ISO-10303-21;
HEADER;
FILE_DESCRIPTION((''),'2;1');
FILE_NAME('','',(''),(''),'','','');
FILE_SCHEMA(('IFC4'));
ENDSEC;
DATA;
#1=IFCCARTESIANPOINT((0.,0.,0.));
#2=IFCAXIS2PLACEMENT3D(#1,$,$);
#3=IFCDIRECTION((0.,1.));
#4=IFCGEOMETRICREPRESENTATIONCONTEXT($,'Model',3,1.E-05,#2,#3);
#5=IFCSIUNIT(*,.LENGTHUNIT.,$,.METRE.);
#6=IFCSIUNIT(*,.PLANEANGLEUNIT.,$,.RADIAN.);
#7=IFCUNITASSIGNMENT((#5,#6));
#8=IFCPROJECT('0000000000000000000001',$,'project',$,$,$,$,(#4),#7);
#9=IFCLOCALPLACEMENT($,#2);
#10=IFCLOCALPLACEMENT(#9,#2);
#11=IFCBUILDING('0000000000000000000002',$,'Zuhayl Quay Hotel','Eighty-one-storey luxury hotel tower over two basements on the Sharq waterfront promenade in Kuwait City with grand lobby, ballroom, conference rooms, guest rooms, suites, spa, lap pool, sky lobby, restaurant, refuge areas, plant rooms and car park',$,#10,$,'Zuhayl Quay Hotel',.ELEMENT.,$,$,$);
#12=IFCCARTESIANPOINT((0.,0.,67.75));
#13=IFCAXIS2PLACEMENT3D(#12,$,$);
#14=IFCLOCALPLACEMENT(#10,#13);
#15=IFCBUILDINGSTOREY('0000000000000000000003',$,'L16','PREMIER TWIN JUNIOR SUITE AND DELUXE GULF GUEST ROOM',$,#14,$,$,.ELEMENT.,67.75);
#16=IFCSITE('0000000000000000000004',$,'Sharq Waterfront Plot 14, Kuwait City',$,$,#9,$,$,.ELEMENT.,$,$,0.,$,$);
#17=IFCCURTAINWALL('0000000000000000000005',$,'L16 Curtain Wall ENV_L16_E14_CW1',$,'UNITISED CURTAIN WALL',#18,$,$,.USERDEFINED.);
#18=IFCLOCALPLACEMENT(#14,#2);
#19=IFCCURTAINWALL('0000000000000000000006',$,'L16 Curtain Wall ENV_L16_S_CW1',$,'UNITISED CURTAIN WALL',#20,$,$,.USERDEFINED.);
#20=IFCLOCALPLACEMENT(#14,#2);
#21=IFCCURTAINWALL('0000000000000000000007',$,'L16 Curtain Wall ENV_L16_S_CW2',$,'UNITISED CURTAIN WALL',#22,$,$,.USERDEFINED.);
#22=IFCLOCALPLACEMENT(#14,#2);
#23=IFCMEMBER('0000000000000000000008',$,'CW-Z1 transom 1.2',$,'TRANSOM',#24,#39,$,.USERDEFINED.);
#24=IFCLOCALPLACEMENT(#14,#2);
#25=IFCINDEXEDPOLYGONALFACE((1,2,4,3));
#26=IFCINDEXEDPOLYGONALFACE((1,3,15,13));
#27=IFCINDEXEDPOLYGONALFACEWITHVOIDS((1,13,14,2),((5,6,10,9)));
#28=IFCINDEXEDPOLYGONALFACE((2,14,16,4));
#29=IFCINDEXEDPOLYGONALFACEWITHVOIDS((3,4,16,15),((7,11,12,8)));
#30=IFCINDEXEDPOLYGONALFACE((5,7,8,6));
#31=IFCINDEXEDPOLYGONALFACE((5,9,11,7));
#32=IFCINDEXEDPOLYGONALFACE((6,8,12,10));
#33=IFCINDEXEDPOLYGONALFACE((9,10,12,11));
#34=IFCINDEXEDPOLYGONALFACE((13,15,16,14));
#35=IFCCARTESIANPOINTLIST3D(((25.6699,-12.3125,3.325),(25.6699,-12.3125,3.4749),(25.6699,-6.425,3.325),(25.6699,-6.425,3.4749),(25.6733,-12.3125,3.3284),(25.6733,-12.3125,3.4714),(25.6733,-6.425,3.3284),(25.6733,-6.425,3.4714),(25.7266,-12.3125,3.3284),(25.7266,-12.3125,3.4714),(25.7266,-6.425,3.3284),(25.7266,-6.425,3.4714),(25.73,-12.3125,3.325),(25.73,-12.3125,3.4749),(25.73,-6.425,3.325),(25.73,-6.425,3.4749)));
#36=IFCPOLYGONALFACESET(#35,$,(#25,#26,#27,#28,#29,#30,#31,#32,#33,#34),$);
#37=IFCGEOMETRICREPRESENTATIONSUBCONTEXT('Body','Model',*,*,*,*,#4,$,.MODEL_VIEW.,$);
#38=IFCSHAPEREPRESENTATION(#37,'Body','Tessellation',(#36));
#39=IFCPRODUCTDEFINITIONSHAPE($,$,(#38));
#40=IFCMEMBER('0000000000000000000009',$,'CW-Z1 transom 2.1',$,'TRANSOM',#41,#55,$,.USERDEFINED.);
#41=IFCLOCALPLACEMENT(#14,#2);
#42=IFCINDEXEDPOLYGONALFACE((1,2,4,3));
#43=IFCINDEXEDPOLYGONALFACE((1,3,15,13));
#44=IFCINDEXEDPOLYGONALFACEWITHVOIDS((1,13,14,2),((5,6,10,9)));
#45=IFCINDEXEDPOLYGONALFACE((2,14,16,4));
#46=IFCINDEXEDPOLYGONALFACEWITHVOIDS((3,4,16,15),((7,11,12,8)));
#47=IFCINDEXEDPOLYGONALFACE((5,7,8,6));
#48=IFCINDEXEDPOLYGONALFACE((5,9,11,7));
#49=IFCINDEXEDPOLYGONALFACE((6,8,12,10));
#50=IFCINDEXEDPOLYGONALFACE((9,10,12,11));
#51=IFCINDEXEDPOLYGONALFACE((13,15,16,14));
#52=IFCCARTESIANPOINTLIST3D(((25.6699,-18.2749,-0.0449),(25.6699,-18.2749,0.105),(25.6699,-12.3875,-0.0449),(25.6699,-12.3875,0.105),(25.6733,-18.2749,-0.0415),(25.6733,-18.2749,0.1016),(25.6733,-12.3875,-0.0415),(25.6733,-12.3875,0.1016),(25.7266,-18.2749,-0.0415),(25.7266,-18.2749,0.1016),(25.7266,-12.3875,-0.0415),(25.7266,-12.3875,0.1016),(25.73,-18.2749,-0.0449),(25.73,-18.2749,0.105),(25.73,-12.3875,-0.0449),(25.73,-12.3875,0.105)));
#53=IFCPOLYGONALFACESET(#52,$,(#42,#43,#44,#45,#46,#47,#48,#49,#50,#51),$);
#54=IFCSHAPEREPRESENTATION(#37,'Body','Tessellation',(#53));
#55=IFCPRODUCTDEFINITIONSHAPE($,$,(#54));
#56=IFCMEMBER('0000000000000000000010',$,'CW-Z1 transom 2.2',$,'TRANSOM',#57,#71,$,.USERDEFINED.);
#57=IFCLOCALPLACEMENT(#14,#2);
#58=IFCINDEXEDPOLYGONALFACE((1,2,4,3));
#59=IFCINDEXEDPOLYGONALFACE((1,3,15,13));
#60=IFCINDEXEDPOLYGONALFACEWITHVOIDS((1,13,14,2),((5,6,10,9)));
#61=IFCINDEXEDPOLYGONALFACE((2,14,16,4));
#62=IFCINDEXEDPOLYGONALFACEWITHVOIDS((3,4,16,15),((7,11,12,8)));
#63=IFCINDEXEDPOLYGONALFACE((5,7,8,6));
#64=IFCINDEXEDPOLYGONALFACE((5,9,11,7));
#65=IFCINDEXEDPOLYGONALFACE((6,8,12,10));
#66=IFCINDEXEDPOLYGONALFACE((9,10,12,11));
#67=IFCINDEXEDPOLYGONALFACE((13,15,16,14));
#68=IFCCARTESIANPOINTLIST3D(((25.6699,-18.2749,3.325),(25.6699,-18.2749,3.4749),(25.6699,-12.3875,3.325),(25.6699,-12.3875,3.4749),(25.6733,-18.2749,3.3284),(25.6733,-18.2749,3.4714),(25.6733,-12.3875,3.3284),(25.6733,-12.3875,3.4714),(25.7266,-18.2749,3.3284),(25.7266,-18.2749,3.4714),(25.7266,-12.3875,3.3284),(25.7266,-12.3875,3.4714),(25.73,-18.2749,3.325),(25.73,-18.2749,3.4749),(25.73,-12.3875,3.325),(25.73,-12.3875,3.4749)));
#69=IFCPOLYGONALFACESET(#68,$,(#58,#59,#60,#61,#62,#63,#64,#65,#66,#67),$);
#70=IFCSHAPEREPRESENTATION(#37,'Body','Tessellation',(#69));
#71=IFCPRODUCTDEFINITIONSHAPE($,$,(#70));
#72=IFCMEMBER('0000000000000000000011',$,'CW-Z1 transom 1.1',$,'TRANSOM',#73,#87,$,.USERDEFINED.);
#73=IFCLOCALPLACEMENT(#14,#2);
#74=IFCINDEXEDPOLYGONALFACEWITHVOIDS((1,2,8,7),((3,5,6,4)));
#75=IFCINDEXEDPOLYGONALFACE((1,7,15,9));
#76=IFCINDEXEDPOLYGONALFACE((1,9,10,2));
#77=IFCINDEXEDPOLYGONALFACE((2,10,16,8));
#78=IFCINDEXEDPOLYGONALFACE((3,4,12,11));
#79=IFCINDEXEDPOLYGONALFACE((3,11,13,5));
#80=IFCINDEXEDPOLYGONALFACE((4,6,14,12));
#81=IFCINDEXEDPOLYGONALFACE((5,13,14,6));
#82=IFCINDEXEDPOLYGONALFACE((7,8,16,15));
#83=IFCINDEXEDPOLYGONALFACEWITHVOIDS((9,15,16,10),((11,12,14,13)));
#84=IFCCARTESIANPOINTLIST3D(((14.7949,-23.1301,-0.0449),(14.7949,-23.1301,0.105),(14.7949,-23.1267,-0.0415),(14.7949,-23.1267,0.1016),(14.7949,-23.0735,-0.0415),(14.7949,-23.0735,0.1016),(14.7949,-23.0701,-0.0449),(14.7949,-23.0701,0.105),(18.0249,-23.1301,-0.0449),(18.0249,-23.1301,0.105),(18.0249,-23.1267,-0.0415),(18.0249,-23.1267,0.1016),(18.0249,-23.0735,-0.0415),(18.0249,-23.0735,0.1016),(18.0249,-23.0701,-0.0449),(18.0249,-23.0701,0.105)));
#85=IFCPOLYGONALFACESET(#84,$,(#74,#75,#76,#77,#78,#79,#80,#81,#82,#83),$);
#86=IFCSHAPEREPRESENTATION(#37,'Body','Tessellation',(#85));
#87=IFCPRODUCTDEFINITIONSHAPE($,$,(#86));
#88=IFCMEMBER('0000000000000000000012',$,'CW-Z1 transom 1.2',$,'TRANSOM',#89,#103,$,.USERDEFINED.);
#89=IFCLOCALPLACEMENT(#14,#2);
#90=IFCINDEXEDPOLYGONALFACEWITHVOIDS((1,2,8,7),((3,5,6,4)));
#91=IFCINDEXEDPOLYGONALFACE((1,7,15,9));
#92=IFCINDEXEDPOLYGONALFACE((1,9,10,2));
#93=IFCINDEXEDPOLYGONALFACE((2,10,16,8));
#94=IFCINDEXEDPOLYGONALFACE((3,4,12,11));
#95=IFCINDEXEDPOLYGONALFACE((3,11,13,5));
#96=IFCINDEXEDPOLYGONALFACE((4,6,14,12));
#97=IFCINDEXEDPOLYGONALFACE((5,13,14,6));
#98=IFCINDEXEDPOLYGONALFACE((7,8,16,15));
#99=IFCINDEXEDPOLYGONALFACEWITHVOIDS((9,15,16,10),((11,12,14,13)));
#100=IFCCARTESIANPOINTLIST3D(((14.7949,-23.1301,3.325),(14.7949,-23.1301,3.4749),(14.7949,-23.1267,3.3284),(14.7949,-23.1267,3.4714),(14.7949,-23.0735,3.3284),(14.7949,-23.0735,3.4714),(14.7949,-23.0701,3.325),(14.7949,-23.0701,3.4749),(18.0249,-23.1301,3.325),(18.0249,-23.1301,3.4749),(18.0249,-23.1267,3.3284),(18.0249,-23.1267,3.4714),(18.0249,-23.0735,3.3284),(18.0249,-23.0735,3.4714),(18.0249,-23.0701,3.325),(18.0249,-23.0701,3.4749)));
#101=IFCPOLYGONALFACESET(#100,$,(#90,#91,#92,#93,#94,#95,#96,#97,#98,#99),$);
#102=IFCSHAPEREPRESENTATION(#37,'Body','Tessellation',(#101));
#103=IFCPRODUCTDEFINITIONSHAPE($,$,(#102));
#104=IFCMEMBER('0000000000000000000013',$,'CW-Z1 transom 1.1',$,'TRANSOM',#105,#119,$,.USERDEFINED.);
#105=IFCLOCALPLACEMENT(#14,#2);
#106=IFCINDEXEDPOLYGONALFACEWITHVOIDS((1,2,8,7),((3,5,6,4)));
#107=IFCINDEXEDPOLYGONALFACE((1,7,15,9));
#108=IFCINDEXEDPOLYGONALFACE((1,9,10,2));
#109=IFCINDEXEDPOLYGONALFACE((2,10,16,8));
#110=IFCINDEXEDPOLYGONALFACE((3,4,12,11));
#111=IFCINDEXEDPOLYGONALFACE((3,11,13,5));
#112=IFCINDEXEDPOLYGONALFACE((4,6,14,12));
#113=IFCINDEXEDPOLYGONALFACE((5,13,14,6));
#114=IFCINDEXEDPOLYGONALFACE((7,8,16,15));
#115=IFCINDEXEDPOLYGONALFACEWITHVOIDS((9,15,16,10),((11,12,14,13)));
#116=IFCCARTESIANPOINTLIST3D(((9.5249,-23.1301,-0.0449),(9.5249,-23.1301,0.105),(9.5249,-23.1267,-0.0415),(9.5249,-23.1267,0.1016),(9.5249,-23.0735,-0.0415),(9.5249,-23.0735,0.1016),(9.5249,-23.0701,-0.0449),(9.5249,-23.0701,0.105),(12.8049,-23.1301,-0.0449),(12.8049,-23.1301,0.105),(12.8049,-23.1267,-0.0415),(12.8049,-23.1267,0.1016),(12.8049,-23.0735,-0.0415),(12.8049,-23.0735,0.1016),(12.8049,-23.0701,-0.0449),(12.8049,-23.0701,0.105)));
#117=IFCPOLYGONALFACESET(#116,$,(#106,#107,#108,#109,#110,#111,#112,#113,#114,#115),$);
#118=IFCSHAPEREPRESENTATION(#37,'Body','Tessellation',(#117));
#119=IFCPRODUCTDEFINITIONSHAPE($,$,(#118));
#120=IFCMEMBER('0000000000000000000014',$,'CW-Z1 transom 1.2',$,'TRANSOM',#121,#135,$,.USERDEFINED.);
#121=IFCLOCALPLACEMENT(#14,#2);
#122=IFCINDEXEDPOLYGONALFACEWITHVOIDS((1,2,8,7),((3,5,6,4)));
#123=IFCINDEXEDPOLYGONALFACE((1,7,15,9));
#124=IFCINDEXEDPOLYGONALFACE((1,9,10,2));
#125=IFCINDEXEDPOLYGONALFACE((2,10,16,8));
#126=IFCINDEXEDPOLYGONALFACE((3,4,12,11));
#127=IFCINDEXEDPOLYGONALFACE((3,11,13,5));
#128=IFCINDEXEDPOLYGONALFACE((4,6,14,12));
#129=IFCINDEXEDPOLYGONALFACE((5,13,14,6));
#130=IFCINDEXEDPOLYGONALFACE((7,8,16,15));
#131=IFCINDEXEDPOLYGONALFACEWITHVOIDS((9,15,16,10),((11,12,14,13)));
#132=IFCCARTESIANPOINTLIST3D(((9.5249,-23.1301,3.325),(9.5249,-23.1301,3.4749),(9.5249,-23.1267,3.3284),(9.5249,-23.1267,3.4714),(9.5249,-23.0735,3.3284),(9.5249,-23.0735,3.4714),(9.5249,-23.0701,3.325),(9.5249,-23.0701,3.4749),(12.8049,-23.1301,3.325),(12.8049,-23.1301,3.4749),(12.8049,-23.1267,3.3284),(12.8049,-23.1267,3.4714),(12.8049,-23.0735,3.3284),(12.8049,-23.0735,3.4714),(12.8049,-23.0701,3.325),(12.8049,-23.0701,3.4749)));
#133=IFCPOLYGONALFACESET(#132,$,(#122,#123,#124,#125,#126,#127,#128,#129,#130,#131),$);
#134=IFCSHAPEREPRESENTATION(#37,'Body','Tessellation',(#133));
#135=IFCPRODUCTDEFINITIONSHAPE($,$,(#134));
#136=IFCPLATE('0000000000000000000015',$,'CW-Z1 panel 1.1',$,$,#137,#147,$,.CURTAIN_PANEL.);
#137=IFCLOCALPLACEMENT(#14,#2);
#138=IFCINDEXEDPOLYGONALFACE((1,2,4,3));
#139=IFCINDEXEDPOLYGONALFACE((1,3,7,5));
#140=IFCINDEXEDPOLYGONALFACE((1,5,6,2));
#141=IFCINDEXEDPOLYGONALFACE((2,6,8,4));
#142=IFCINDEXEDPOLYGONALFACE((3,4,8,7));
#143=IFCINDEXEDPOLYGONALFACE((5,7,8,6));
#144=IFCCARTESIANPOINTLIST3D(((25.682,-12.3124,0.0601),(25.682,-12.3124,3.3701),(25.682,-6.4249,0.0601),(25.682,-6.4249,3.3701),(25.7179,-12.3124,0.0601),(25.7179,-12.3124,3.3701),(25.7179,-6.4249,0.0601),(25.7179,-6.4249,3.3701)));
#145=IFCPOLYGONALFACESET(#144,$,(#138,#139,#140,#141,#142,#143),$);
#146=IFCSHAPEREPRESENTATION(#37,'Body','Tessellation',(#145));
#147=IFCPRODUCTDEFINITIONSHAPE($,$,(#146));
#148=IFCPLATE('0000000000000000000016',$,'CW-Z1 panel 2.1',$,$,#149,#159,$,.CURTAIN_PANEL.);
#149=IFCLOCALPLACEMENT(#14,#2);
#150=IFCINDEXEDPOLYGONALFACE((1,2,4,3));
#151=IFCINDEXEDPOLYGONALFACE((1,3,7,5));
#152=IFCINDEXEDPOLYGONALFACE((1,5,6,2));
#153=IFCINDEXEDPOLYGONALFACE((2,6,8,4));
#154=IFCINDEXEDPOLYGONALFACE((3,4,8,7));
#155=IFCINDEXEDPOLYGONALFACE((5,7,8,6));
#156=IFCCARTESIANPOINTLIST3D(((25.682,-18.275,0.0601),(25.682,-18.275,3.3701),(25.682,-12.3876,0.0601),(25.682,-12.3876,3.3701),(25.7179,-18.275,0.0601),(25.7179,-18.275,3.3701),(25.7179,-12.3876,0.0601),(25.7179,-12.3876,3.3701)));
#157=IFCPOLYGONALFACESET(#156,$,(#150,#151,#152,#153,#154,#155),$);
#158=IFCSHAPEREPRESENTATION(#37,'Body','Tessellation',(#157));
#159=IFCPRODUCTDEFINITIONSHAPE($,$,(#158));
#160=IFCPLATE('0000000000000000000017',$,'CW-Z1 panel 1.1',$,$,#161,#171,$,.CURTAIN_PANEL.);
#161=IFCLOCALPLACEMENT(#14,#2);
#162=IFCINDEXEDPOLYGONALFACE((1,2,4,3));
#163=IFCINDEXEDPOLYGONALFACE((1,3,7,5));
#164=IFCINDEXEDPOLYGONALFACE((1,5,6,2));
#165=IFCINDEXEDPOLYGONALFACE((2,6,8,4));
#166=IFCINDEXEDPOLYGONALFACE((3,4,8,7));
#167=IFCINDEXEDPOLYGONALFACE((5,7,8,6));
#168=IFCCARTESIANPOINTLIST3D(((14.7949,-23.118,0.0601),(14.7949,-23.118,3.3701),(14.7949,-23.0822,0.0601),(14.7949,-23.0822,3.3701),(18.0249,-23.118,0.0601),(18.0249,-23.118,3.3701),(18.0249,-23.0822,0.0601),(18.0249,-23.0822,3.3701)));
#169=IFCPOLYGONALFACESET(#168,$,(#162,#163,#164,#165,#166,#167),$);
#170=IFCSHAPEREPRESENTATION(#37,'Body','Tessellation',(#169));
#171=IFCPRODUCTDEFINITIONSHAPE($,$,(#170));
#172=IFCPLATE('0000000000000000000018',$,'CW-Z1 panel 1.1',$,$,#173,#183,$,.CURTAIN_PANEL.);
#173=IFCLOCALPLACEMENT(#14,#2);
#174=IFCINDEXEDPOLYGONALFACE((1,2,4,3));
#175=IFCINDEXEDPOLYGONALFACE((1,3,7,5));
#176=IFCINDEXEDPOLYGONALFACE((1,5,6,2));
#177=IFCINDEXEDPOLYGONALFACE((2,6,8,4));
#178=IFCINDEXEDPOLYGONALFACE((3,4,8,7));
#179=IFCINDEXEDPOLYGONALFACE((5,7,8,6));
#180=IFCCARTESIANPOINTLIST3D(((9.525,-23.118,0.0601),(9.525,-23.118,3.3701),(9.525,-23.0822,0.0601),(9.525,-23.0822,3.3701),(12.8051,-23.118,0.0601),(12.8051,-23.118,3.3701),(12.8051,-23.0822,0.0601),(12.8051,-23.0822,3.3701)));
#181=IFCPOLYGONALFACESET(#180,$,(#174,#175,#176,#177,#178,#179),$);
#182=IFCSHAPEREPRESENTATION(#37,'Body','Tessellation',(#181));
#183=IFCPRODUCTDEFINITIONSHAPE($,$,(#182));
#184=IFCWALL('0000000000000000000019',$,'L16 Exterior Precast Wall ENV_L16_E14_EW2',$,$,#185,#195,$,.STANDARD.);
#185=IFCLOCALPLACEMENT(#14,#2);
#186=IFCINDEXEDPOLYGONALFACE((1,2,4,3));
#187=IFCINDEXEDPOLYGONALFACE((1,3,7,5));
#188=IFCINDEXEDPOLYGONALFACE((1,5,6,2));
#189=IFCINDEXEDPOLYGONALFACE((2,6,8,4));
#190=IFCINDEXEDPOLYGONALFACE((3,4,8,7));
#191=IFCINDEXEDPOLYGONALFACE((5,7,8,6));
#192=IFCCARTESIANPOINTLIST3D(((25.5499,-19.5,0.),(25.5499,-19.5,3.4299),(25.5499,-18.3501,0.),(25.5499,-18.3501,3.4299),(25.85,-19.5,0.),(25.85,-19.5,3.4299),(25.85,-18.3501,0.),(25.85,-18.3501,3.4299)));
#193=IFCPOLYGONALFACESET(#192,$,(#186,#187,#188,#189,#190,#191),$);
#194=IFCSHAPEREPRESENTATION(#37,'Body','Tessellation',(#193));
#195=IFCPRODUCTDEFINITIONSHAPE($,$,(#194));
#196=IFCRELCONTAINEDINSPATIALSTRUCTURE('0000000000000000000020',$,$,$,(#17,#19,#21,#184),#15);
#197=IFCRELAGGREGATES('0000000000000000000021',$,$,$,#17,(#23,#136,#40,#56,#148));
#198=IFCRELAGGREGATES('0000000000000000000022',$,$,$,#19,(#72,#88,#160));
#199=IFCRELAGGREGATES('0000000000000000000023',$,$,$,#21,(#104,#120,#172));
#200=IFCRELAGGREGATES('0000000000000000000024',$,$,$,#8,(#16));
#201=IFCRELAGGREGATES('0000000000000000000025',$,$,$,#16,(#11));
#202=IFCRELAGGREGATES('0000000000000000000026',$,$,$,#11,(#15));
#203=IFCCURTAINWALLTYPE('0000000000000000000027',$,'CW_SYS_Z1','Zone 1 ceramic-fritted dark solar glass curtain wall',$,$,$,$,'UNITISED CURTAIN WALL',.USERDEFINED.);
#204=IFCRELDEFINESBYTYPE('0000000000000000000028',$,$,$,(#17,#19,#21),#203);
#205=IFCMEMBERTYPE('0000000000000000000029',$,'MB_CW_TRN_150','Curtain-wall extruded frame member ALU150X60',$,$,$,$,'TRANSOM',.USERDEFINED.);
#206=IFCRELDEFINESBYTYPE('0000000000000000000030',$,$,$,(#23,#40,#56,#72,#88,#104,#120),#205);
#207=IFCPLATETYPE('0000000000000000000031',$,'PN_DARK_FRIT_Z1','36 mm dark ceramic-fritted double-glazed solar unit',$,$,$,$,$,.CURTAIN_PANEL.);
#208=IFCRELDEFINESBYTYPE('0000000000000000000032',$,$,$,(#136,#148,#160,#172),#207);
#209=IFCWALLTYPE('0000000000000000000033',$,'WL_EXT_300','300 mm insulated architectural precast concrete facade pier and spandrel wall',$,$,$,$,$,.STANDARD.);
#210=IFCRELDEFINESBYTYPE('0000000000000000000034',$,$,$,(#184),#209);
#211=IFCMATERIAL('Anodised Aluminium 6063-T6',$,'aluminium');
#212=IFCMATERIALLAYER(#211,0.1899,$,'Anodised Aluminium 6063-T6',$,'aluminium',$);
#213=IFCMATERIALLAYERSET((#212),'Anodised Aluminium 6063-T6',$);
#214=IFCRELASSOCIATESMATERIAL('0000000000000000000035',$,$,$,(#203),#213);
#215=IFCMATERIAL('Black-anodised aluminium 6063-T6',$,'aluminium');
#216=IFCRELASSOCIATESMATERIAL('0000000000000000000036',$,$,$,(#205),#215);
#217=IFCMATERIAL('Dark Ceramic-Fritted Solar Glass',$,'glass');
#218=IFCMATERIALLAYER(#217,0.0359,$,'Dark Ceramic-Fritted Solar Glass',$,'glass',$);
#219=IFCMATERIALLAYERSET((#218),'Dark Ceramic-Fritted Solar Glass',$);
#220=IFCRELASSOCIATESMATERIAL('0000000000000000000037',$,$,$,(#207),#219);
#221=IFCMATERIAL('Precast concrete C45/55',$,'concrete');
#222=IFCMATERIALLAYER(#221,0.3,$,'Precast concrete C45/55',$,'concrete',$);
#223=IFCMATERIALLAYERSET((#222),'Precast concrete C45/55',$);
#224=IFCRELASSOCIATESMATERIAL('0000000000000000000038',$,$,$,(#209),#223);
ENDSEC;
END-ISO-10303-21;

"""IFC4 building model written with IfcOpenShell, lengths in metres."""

from ifc_helpers import new_model, si_unit, direction, frame, frame_2d, origin, origin_2d, place, context, subcontext, project, spatial, rectangle, hollow_rectangle, extrude, material, layer, layer_set, material_profile, profile_set, type_object, element, aggregate, save


model = new_model("IFC4")

# Units and contexts
model_context = context("Model", 3, precision=1e-05, world=origin(), true_north=direction((0.0, 1.0)))
body_context = subcontext(model_context, "Body", "Model", "MODEL_VIEW")
ifc_project = project(units=[si_unit("LENGTHUNIT", "METRE"), si_unit("PLANEANGLEUNIT", "RADIAN")], contexts=[model_context])

# Site, building, storey
site_placement = place(None, origin())
site = spatial("IfcSite", under=ifc_project, at=site_placement, Name="Sharq Waterfront Plot 14, Kuwait City", CompositionType="ELEMENT", RefElevation=0.0)
building_placement = place(site_placement, origin())
building = spatial("IfcBuilding", under=site, at=building_placement, Name="Zuhayl Quay Hotel", Description="Eighty-one-storey luxury hotel tower over two basements on the Sharq waterfront promenade in Kuwait City with grand lobby, ballroom, conference rooms, guest rooms, suites, spa, lap pool, sky lobby, restaurant, refuge areas, plant rooms and car park", LongName="Zuhayl Quay Hotel", CompositionType="ELEMENT")
storey_placement = place(building_placement, frame((0.0, 0.0, 67.75)))
storey = spatial("IfcBuildingStorey", under=building, at=storey_placement, Name="L16", Description="PREMIER TWIN JUNIOR SUITE AND DELUXE GULF GUEST ROOM", CompositionType="ELEMENT", Elevation=67.75)

# Curtain walls
ifc_material_1 = material(Name="Anodised Aluminium 6063-T6", Category="aluminium")
ifc_layer_1 = layer(ifc_material_1, 0.1899, Name="Anodised Aluminium 6063-T6", Category="aluminium")
ifc_layer_set_1 = layer_set([ifc_layer_1], Name="Anodised Aluminium 6063-T6")
curtain_wall_type = type_object("IfcCurtainWallType", Name="CW_SYS_Z1", Description="Zone 1 ceramic-fritted dark solar glass curtain wall", ElementType="UNITISED CURTAIN WALL", PredefinedType="USERDEFINED", material=ifc_layer_set_1)
curtain_wall_1_placement = place(storey_placement, origin())
curtain_wall_1 = element("IfcCurtainWall", 1, at=curtain_wall_1_placement, inside=storey, type_object=curtain_wall_type, Name="L16 Curtain Wall ENV_L16_E14_CW1", ObjectType="UNITISED CURTAIN WALL", PredefinedType="USERDEFINED")
ifc_material_2 = material(Name="Black-anodised aluminium 6063-T6", Category="aluminium")
curtain_wall_2_placement = place(storey_placement, origin())
curtain_wall_2 = element("IfcCurtainWall", 2, at=curtain_wall_2_placement, inside=storey, type_object=curtain_wall_type, Name="L16 Curtain Wall ENV_L16_S_CW1", ObjectType="UNITISED CURTAIN WALL", PredefinedType="USERDEFINED")
curtain_wall_3_placement = place(storey_placement, origin())
curtain_wall_3 = element("IfcCurtainWall", 3, at=curtain_wall_3_placement, inside=storey, type_object=curtain_wall_type, Name="L16 Curtain Wall ENV_L16_S_CW2", ObjectType="UNITISED CURTAIN WALL", PredefinedType="USERDEFINED")

# Members
ifc_material_profile_1 = material_profile(ifc_material_2, hollow_rectangle(XDim=0.0601, YDim=0.1499, WallThickness=0.0034, at=origin_2d()), Name="ALU150X60")
ifc_profile_set_1 = profile_set([ifc_material_profile_1], Name="Black-anodised aluminium 6063-T6")
member_type_1 = type_object("IfcMemberType", Name="MB_CW_TRN_150", Description="Curtain-wall extruded frame member ALU150X60", ElementType="TRANSOM", PredefinedType="USERDEFINED", material=ifc_profile_set_1)
member_1_placement = place(storey_placement, frame((25.7, -6.425, 3.3999), z_axis=(0.0, -1.0, 0.0), x_axis=(1.0, 0.0, 0.0)))
member_1 = element("IfcMember", 4, at=member_1_placement, type_object=member_type_1, Name="CW-Z1 transom 1.2", ObjectType="TRANSOM", PredefinedType="USERDEFINED", context=body_context, shape_type="SweptSolid", body=[
    extrude(hollow_rectangle(XDim=0.0601, YDim=0.1499, WallThickness=0.0034, at=origin_2d()), origin(), (0.0, 0.0, 1.0), 5.8875),
])
member_2_placement = place(storey_placement, frame((25.7, -12.3875, 0.03), z_axis=(0.0, -1.0, 0.0), x_axis=(1.0, 0.0, 0.0)))
member_2 = element("IfcMember", 5, at=member_2_placement, type_object=member_type_1, Name="CW-Z1 transom 2.1", ObjectType="TRANSOM", PredefinedType="USERDEFINED", context=body_context, shape_type="SweptSolid", body=[
    extrude(hollow_rectangle(XDim=0.0601, YDim=0.1499, WallThickness=0.0034, at=origin_2d()), origin(), (0.0, 0.0, 1.0), 5.8875),
])
member_3_placement = place(storey_placement, frame((25.7, -12.3875, 3.3999), z_axis=(0.0, -1.0, 0.0), x_axis=(1.0, 0.0, 0.0)))
member_3 = element("IfcMember", 6, at=member_3_placement, type_object=member_type_1, Name="CW-Z1 transom 2.2", ObjectType="TRANSOM", PredefinedType="USERDEFINED", context=body_context, shape_type="SweptSolid", body=[
    extrude(hollow_rectangle(XDim=0.0601, YDim=0.1499, WallThickness=0.0034, at=origin_2d()), origin(), (0.0, 0.0, 1.0), 5.8875),
])
member_4_placement = place(storey_placement, frame((18.0249, -23.1001, 0.03), z_axis=(-1.0, 0.0, 0.0), x_axis=(0.0, -1.0, 0.0)))
member_4 = element("IfcMember", 7, at=member_4_placement, type_object=member_type_1, Name="CW-Z1 transom 1.1", ObjectType="TRANSOM", PredefinedType="USERDEFINED", context=body_context, shape_type="SweptSolid", body=[
    extrude(hollow_rectangle(XDim=0.0601, YDim=0.1499, WallThickness=0.0034, at=origin_2d()), origin(), (0.0, 0.0, 1.0), 3.23),
])
member_5_placement = place(storey_placement, frame((18.0249, -23.1001, 3.3999), z_axis=(-1.0, 0.0, 0.0), x_axis=(0.0, -1.0, 0.0)))
member_5 = element("IfcMember", 8, at=member_5_placement, type_object=member_type_1, Name="CW-Z1 transom 1.2", ObjectType="TRANSOM", PredefinedType="USERDEFINED", context=body_context, shape_type="SweptSolid", body=[
    extrude(hollow_rectangle(XDim=0.0601, YDim=0.1499, WallThickness=0.0034, at=origin_2d()), origin(), (0.0, 0.0, 1.0), 3.23),
])
member_6_placement = place(storey_placement, frame((12.8049, -23.1001, 0.03), z_axis=(-1.0, 0.0, 0.0), x_axis=(0.0, -1.0, 0.0)))
member_6 = element("IfcMember", 9, at=member_6_placement, type_object=member_type_1, Name="CW-Z1 transom 1.1", ObjectType="TRANSOM", PredefinedType="USERDEFINED", context=body_context, shape_type="SweptSolid", body=[
    extrude(hollow_rectangle(XDim=0.0601, YDim=0.1499, WallThickness=0.0034, at=origin_2d()), origin(), (0.0, 0.0, 1.0), 3.28),
])
member_7_placement = place(storey_placement, frame((12.8049, -23.1001, 3.3999), z_axis=(-1.0, 0.0, 0.0), x_axis=(0.0, -1.0, 0.0)))
member_7 = element("IfcMember", 10, at=member_7_placement, type_object=member_type_1, Name="CW-Z1 transom 1.2", ObjectType="TRANSOM", PredefinedType="USERDEFINED", context=body_context, shape_type="SweptSolid", body=[
    extrude(hollow_rectangle(XDim=0.0601, YDim=0.1499, WallThickness=0.0034, at=origin_2d()), origin(), (0.0, 0.0, 1.0), 3.28),
])

# Plates
ifc_material_3 = material(Name="Dark Ceramic-Fritted Solar Glass", Category="glass")
ifc_layer_2 = layer(ifc_material_3, 0.0359, Name="Dark Ceramic-Fritted Solar Glass", Category="glass")
ifc_layer_set_2 = layer_set([ifc_layer_2], Name="Dark Ceramic-Fritted Solar Glass")
plate_type = type_object("IfcPlateType", Name="PN_DARK_FRIT_Z1", Description="36 mm dark ceramic-fritted double-glazed solar unit", PredefinedType="CURTAIN_PANEL", material=ifc_layer_set_2)
plate_1_placement = place(storey_placement, frame((25.7, -9.3687, 0.0601), z_axis=(0.0, 0.0, 1.0), x_axis=(0.0, -1.0, 0.0)))
plate_1 = element("IfcPlate", 11, at=plate_1_placement, type_object=plate_type, Name="CW-Z1 panel 1.1", PredefinedType="CURTAIN_PANEL", context=body_context, shape_type="SweptSolid", body=[
    extrude(rectangle(XDim=5.8875, YDim=0.0359, at=origin_2d()), origin(), (0.0, 0.0, 1.0), 3.3101),
])
plate_2_placement = place(storey_placement, frame((25.7, -15.3313, 0.0601), z_axis=(0.0, 0.0, 1.0), x_axis=(0.0, -1.0, 0.0)))
plate_2 = element("IfcPlate", 12, at=plate_2_placement, type_object=plate_type, Name="CW-Z1 panel 2.1", PredefinedType="CURTAIN_PANEL", context=body_context, shape_type="SweptSolid", body=[
    extrude(rectangle(XDim=5.8875, YDim=0.0359, at=origin_2d()), origin(), (0.0, 0.0, 1.0), 3.3101),
])
aggregate(curtain_wall_1, [member_1, plate_1, member_2, member_3, plate_2])
plate_3_placement = place(storey_placement, frame((16.4099, -23.1001, 0.0601), z_axis=(0.0, 0.0, 1.0), x_axis=(-1.0, 0.0, 0.0)))
plate_3 = element("IfcPlate", 13, at=plate_3_placement, type_object=plate_type, Name="CW-Z1 panel 1.1", PredefinedType="CURTAIN_PANEL", context=body_context, shape_type="SweptSolid", body=[
    extrude(rectangle(XDim=3.23, YDim=0.0359, at=origin_2d()), origin(), (0.0, 0.0, 1.0), 3.3101),
])
aggregate(curtain_wall_2, [member_4, member_5, plate_3])
plate_4_placement = place(storey_placement, frame((11.165, -23.1001, 0.0601), z_axis=(0.0, 0.0, 1.0), x_axis=(-1.0, 0.0, 0.0)))
plate_4 = element("IfcPlate", 14, at=plate_4_placement, type_object=plate_type, Name="CW-Z1 panel 1.1", PredefinedType="CURTAIN_PANEL", context=body_context, shape_type="SweptSolid", body=[
    extrude(rectangle(XDim=3.28, YDim=0.0359, at=origin_2d()), origin(), (0.0, 0.0, 1.0), 3.3101),
])
aggregate(curtain_wall_3, [member_6, member_7, plate_4])

# Wall
ifc_material_4 = material(Name="Precast concrete C45/55", Category="concrete")
ifc_layer_3 = layer(ifc_material_4, 0.3, Name="Precast concrete C45/55", Category="concrete")
ifc_layer_set_3 = layer_set([ifc_layer_3], Name="Precast concrete C45/55")
wall_type_1 = type_object("IfcWallType", Name="WL_EXT_300", Description="300 mm insulated architectural precast concrete facade pier and spandrel wall", PredefinedType="STANDARD", material=ifc_layer_set_3)
wall_1_placement = place(storey_placement, frame((25.7, -18.3501, 0.0), z_axis=(0.0, 0.0, 1.0), x_axis=(0.0, -1.0, 0.0)))
element("IfcWall", 15, at=wall_1_placement, inside=storey, type_object=wall_type_1, Name="L16 Exterior Precast Wall ENV_L16_E14_EW2", PredefinedType="STANDARD", context=body_context, shape_type="SweptSolid", body=[
    extrude(rectangle(XDim=1.1499, YDim=0.3, at=frame_2d((0.575, 0.0))), origin(), (0.0, 0.0, 1.0), 3.4299),
])

save(model, "model.ifc")
